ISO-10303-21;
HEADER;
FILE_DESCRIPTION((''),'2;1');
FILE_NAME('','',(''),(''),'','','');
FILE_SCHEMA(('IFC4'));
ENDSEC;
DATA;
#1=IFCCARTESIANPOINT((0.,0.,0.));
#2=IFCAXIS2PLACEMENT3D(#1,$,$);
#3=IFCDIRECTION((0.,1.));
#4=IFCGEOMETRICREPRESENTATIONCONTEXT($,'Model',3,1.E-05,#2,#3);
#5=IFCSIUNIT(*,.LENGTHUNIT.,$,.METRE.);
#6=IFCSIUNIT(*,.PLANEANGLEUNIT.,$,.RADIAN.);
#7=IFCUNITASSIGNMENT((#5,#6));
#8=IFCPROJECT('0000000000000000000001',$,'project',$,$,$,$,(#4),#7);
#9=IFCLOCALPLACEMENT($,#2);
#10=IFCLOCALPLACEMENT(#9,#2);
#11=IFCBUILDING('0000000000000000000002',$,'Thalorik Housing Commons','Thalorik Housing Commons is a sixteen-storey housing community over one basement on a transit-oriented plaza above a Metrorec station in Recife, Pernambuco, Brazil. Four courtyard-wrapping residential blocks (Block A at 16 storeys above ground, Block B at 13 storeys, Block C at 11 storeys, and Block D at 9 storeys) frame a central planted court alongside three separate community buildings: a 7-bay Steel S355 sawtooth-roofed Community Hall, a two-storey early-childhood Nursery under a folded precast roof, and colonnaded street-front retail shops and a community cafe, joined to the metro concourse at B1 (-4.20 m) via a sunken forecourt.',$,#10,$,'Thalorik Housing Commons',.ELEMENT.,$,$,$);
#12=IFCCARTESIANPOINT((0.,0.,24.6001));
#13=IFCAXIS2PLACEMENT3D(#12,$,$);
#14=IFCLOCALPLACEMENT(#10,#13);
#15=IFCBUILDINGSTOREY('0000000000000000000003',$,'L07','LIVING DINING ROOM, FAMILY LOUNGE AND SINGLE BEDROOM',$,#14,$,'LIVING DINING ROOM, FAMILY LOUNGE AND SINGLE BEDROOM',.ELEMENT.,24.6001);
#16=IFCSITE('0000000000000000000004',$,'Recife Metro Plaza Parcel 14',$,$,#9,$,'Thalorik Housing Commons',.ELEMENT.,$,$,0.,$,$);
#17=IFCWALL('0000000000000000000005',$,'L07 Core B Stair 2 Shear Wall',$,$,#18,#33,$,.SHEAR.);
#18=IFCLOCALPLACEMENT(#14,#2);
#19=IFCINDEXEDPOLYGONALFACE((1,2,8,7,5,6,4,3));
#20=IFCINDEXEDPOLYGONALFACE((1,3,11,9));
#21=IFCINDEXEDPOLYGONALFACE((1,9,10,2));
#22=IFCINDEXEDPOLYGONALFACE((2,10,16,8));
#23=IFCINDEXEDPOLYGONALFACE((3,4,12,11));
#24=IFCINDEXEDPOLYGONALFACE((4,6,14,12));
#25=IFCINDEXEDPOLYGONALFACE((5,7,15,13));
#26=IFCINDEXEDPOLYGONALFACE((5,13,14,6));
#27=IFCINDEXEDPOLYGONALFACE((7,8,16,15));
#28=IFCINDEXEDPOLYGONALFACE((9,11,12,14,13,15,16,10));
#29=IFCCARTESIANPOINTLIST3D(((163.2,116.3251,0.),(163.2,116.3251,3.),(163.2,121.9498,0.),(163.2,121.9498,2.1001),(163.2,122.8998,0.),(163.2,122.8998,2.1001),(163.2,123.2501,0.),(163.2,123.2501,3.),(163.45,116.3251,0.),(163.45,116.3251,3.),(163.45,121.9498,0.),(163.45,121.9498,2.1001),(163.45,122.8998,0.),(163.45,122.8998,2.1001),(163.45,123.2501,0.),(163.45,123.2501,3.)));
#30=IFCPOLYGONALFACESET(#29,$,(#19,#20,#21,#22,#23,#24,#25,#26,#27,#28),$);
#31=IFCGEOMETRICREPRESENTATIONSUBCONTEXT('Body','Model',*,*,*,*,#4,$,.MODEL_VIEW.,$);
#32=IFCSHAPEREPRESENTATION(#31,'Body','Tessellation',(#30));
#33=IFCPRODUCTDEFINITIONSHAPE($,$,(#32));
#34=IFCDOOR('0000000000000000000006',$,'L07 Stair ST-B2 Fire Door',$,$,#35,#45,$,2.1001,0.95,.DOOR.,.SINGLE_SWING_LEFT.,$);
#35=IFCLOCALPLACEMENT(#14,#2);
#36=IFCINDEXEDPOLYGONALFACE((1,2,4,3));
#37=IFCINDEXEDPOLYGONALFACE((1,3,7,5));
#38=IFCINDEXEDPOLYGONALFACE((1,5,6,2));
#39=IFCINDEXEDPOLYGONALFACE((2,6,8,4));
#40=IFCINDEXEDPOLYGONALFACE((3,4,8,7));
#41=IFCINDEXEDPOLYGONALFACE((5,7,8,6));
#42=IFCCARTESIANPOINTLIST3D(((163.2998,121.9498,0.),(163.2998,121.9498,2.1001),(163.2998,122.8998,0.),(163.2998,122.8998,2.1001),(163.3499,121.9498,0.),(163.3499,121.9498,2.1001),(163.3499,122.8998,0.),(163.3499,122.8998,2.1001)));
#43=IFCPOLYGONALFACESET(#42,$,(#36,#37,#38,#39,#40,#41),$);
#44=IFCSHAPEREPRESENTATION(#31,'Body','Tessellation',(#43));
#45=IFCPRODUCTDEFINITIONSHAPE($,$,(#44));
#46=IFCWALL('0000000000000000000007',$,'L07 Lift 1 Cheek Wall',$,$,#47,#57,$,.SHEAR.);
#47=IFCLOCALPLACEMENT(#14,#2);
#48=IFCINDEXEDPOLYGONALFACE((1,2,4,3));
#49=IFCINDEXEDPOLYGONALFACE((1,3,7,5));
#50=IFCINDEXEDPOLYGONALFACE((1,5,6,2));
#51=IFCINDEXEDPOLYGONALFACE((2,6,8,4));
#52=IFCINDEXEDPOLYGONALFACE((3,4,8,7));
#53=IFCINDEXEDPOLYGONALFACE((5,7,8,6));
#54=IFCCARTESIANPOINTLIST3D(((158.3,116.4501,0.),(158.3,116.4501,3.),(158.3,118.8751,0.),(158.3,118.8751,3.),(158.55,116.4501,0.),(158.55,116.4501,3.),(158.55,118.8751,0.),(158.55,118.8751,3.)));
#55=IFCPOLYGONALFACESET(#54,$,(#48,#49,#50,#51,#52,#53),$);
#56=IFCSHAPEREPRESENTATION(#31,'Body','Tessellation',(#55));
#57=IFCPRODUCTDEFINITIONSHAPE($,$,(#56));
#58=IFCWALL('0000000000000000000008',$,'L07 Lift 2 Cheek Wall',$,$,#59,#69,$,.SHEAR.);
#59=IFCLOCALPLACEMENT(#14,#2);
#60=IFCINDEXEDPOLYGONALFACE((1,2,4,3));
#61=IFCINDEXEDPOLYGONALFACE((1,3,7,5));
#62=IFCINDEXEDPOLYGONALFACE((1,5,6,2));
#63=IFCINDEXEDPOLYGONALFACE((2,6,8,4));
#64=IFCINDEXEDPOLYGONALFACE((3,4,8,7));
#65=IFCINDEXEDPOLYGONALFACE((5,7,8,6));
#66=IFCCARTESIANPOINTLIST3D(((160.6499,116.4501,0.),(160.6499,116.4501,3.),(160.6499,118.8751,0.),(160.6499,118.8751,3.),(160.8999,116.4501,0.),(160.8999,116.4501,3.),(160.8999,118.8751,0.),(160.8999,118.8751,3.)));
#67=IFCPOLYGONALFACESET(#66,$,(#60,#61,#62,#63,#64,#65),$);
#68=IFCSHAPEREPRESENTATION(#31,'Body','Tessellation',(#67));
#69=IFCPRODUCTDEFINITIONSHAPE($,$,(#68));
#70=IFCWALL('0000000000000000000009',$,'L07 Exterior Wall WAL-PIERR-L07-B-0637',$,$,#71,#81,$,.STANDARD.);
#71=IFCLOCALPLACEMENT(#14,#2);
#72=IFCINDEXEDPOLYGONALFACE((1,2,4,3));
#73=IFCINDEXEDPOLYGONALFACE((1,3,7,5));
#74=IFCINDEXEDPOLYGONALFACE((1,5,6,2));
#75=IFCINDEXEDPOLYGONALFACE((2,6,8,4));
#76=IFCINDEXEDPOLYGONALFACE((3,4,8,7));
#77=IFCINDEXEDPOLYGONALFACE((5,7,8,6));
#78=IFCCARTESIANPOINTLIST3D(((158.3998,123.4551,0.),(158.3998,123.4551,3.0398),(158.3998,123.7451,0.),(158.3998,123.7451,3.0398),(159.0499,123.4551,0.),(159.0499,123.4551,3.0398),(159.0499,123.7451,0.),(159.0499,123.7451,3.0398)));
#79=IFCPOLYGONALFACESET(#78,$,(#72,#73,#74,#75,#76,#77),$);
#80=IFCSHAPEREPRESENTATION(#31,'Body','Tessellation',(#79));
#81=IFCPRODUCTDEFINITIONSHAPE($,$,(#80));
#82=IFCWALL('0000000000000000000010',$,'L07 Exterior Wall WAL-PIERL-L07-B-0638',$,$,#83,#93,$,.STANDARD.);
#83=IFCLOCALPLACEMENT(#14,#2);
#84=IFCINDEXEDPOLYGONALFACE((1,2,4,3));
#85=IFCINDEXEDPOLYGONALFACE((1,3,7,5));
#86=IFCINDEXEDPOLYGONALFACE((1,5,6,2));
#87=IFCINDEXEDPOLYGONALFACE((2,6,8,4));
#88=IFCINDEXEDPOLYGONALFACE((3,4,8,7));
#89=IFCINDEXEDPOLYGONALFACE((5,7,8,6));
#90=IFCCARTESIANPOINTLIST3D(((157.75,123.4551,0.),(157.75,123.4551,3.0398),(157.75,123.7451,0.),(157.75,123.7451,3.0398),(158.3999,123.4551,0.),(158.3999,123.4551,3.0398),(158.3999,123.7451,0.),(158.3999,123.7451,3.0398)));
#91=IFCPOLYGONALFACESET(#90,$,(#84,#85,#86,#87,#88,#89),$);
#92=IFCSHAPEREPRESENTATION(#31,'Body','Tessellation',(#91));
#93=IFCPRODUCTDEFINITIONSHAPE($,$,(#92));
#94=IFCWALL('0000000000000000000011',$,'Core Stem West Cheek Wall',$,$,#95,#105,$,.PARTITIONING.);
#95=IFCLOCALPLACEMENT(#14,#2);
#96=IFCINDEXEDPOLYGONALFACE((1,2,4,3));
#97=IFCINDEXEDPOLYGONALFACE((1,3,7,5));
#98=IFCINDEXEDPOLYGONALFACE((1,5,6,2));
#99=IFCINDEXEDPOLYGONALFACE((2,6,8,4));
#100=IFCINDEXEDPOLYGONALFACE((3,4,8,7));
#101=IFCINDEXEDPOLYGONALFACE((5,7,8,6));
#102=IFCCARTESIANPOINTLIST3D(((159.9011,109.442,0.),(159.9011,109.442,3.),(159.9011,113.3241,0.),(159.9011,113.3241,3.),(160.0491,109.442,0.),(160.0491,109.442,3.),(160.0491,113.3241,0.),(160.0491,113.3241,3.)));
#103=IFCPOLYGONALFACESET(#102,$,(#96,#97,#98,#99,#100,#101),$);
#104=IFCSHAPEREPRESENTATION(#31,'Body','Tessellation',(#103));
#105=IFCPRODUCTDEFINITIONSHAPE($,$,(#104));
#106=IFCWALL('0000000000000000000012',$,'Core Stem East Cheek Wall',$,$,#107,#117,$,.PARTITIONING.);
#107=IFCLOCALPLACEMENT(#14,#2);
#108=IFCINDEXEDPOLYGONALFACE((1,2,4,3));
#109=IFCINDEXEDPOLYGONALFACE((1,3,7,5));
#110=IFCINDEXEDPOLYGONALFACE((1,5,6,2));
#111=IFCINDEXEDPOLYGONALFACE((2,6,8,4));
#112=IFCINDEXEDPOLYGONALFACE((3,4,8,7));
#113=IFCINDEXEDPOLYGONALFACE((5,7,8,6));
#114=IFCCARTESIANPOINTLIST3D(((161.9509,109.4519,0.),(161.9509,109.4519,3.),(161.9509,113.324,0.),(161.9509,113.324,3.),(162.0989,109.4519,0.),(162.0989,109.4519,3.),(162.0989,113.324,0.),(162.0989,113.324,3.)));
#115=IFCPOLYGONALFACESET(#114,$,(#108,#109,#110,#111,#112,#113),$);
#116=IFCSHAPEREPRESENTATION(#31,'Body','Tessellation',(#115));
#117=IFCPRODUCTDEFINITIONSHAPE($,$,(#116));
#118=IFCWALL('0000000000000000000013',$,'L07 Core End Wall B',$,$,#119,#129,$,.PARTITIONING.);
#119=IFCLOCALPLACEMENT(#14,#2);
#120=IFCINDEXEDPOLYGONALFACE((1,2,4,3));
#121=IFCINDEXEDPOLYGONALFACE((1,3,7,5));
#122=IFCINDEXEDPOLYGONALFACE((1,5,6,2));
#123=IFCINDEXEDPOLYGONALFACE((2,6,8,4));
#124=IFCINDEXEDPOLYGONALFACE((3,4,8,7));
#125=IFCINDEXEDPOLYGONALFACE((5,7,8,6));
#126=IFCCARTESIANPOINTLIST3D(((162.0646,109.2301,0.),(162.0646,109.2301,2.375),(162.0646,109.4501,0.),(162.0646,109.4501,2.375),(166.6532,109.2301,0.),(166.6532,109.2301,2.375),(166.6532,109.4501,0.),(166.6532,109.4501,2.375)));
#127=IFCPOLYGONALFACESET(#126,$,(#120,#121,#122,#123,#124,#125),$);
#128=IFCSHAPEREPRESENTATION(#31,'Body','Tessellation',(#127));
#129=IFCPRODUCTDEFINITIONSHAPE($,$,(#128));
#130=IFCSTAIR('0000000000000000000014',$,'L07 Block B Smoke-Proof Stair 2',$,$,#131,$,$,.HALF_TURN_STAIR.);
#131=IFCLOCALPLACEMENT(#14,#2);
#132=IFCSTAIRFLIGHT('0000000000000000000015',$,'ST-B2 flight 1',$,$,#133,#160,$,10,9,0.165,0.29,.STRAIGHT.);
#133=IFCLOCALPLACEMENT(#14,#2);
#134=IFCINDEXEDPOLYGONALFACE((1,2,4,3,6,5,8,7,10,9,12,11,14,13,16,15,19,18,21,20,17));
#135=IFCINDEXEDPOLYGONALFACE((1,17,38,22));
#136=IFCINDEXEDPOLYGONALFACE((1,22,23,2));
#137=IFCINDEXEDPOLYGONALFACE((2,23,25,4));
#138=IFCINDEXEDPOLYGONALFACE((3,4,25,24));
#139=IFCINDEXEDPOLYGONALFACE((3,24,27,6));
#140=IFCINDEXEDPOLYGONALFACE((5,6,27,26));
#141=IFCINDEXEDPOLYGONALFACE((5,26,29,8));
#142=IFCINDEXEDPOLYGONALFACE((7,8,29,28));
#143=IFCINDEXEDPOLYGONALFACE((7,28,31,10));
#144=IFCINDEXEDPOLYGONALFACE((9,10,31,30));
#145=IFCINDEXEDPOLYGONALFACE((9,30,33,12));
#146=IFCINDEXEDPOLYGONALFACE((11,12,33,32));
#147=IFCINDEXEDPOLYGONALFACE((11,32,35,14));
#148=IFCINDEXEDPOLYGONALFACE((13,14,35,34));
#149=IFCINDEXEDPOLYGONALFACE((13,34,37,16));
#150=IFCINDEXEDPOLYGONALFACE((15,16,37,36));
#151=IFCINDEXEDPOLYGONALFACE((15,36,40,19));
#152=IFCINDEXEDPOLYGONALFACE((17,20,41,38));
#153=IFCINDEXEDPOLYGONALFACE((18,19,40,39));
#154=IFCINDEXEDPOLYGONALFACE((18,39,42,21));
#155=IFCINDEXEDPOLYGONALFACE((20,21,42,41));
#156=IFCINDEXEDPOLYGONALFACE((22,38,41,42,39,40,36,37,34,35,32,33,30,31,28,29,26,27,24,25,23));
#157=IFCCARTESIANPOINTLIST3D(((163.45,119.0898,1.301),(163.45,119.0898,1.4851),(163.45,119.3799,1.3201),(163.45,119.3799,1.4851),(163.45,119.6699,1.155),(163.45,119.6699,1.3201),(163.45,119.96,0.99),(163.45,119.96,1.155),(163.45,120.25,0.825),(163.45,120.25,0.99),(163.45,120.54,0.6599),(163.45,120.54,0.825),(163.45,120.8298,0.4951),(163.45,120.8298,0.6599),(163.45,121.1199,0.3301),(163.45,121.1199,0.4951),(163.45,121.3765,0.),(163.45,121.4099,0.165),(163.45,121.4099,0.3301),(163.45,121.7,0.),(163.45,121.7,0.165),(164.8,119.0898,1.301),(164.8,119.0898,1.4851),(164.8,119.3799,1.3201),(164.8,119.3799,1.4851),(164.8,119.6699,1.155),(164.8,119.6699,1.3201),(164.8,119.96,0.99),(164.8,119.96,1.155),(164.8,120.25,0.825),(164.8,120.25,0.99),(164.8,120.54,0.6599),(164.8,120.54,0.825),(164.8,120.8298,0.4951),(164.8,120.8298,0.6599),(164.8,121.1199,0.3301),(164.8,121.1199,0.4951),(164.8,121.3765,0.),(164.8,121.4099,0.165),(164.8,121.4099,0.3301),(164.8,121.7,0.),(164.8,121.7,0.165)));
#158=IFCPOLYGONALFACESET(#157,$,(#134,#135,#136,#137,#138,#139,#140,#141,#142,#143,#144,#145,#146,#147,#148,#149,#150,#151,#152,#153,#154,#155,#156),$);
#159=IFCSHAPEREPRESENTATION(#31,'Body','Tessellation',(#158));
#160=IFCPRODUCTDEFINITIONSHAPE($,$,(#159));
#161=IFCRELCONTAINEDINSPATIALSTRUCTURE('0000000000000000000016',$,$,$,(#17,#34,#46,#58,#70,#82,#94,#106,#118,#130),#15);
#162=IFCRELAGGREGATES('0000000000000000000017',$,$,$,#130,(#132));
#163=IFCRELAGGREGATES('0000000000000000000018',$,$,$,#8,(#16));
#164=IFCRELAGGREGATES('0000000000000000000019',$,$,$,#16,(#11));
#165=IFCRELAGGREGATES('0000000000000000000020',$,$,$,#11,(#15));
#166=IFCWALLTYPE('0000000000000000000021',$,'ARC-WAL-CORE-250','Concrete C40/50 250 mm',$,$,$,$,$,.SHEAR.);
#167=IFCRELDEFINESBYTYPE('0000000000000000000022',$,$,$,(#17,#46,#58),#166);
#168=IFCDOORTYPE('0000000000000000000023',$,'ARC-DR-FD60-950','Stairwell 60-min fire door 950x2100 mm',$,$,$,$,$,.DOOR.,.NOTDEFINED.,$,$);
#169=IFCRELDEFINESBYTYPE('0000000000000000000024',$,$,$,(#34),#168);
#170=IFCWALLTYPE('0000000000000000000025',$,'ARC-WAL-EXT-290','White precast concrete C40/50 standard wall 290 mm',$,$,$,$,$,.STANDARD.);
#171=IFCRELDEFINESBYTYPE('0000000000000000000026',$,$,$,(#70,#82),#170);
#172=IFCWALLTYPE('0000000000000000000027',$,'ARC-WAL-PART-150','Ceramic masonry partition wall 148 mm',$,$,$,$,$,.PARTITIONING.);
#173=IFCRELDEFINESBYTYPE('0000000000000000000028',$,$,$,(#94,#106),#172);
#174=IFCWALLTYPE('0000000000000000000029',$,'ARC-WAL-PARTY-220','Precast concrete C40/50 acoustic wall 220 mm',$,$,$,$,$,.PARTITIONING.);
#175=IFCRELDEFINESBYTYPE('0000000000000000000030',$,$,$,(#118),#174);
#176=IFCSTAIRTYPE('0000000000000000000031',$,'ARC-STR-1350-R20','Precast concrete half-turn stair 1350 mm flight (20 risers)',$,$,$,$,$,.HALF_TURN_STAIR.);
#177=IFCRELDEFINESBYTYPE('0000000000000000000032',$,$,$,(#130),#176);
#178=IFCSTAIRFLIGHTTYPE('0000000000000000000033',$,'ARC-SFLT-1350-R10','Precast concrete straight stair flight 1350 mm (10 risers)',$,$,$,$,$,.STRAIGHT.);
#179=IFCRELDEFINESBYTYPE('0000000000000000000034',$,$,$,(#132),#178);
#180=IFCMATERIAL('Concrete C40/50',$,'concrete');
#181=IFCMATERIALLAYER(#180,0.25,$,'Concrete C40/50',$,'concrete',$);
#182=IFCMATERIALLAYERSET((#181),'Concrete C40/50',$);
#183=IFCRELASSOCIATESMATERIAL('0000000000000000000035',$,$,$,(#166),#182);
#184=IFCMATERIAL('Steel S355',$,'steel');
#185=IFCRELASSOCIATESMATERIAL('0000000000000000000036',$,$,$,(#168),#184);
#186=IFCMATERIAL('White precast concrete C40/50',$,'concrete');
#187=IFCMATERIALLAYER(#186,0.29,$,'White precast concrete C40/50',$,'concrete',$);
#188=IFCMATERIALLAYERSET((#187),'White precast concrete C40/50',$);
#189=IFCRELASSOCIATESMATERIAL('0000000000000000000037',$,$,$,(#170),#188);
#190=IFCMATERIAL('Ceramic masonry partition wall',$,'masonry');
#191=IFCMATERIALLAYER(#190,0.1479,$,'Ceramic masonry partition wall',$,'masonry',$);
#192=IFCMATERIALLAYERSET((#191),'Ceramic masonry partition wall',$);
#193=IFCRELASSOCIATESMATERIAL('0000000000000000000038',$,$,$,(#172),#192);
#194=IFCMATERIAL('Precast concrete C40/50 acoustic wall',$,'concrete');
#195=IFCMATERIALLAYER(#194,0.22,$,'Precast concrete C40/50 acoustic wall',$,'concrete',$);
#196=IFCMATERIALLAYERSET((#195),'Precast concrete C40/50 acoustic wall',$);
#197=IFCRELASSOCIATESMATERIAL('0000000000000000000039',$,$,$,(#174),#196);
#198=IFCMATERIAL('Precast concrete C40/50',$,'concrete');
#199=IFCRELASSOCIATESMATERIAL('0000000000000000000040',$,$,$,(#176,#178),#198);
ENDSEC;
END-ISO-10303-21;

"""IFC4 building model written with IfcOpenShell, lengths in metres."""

from ifc_helpers import new_model, si_unit, direction, frame, frame_2d, origin, place, context, subcontext, project, spatial, polyline, rectangle, outline, extrude, material, layer, layer_set, type_object, element, fill, aggregate, save


model = new_model("IFC4")

# Units and contexts
model_context = context("Model", 3, precision=1e-05, world=origin(), true_north=direction((0.0, 1.0)))
body_context = subcontext(model_context, "Body", "Model", "MODEL_VIEW")
ifc_project = project(units=[si_unit("LENGTHUNIT", "METRE"), si_unit("PLANEANGLEUNIT", "RADIAN")], contexts=[model_context])

# Site, building, storey
site_placement = place(None, origin())
site = spatial("IfcSite", under=ifc_project, at=site_placement, Name="Recife Metro Plaza Parcel 14", LongName="Thalorik Housing Commons", CompositionType="ELEMENT", RefElevation=0.0)
building_placement = place(site_placement, origin())
building = spatial("IfcBuilding", under=site, at=building_placement, Name="Thalorik Housing Commons", Description="Thalorik Housing Commons is a sixteen-storey housing community over one basement on a transit-oriented plaza above a Metrorec station in Recife, Pernambuco, Brazil. Four courtyard-wrapping residential blocks (Block A at 16 storeys above ground, Block B at 13 storeys, Block C at 11 storeys, and Block D at 9 storeys) frame a central planted court alongside three separate community buildings: a 7-bay Steel S355 sawtooth-roofed Community Hall, a two-storey early-childhood Nursery under a folded precast roof, and colonnaded street-front retail shops and a community cafe, joined to the metro concourse at B1 (-4.20 m) via a sunken forecourt.", LongName="Thalorik Housing Commons", CompositionType="ELEMENT")
storey_placement = place(building_placement, frame((0.0, 0.0, 24.6001)))
storey = spatial("IfcBuildingStorey", under=building, at=storey_placement, Name="L07", Description="LIVING DINING ROOM, FAMILY LOUNGE AND SINGLE BEDROOM", LongName="LIVING DINING ROOM, FAMILY LOUNGE AND SINGLE BEDROOM", CompositionType="ELEMENT", Elevation=24.6001)

# Shared definitions
ifc_material_1 = material(Name="Precast concrete C40/50", Category="concrete")

# Wall, opening, door
ifc_material_2 = material(Name="Concrete C40/50", Category="concrete")
ifc_layer_1 = layer(ifc_material_2, 0.25, Name="Concrete C40/50", Category="concrete")
ifc_layer_set_1 = layer_set([ifc_layer_1], Name="Concrete C40/50")
wall_type_1 = type_object("IfcWallType", Name="ARC-WAL-CORE-250", Description="Concrete C40/50 250 mm", PredefinedType="SHEAR", material=ifc_layer_set_1)
wall_1_placement = place(storey_placement, frame((163.325, 123.25, 0.0), z_axis=(0.0, 0.0, 1.0), x_axis=(0.0, -1.0, 0.0)))
wall_1 = element("IfcWall", 1, at=wall_1_placement, inside=storey, type_object=wall_type_1, Name="L07 Core B Stair 2 Shear Wall", PredefinedType="SHEAR", context=body_context, shape_type="SweptSolid", body=[
    extrude(rectangle(XDim=6.925, YDim=0.25, at=frame_2d((3.4624, 0.0))), origin(), (0.0, 0.0, 1.0), 3.0),
])
opening_1_placement = place(wall_1_placement, frame((0.3501, 0.0, 0.0)))
opening_1 = element("IfcOpeningElement", 2, at=opening_1_placement, cuts=wall_1, PredefinedType="OPENING", context=body_context, shape_type="SweptSolid", body=[
    extrude(rectangle(XDim=0.95, YDim=2.1001, at=frame_2d((0.4751, 1.05))), frame((0.0, 0.135, 0.0), z_axis=(0.0, -1.0, 0.0), x_axis=(1.0, 0.0, 0.0)), (0.0, 0.0, 1.0), 0.27),
])
ifc_material_3 = material(Name="Steel S355", Category="steel")
door_type_1 = type_object("IfcDoorType", Name="ARC-DR-FD60-950", Description="Stairwell 60-min fire door 950x2100 mm", OperationType="NOTDEFINED", PredefinedType="DOOR", material=ifc_material_3)
door_1_placement = place(opening_1_placement, origin())
door_1 = element("IfcDoor", 3, at=door_1_placement, inside=storey, type_object=door_type_1, Name="L07 Stair ST-B2 Fire Door", OperationType="SINGLE_SWING_LEFT", OverallHeight=2.1001, OverallWidth=0.95, PredefinedType="DOOR", context=body_context, shape_type="SweptSolid", body=[
    extrude(rectangle(XDim=0.95, YDim=2.1001, at=frame_2d((0.4751, 1.05))), frame((0.0, 0.0249, 0.0), z_axis=(0.0, -1.0, 0.0), x_axis=(1.0, 0.0, 0.0)), (0.0, 0.0, 1.0), 0.05),
])
fill(opening_1, door_1)

# Walls
for number, where, z_axis, x_axis, name in (
    (4, (158.425, 118.875, 0.0), (0.0, 0.0, 1.0), (0.0, -1.0, 0.0), "L07 Lift 1 Cheek Wall"),
    (5, (160.7749, 118.875, 0.0), (0.0, 0.0, 1.0), (0.0, -1.0, 0.0), "L07 Lift 2 Cheek Wall"),
):
    element("IfcWall", number, at=place(storey_placement, frame(where, z_axis=z_axis, x_axis=x_axis)), inside=storey, type_object=wall_type_1, Name=name, PredefinedType="SHEAR", context=body_context, shape_type="SweptSolid", body=[
        extrude(rectangle(XDim=2.425, YDim=0.25, at=frame_2d((1.2124, 0.0))), origin(), (0.0, 0.0, 1.0), 3.0),
    ])
ifc_material_4 = material(Name="White precast concrete C40/50", Category="concrete")
ifc_layer_2 = layer(ifc_material_4, 0.29, Name="White precast concrete C40/50", Category="concrete")
ifc_layer_set_2 = layer_set([ifc_layer_2], Name="White precast concrete C40/50")
wall_type_2 = type_object("IfcWallType", Name="ARC-WAL-EXT-290", Description="White precast concrete C40/50 standard wall 290 mm", PredefinedType="STANDARD", material=ifc_layer_set_2)
wall_2_placement = place(storey_placement, frame((159.05, 123.6001, 0.0), z_axis=(0.0, 0.0, 1.0), x_axis=(-1.0, 0.0, 0.0)))
element("IfcWall", 6, at=wall_2_placement, inside=storey, type_object=wall_type_2, Name="L07 Exterior Wall WAL-PIERR-L07-B-0637", PredefinedType="STANDARD", context=body_context, shape_type="SweptSolid", body=[
    extrude(rectangle(XDim=0.6501, YDim=0.29, at=frame_2d((0.3252, 0.0))), origin(), (0.0, 0.0, 1.0), 3.0398),
])
wall_3_placement = place(storey_placement, frame((158.3999, 123.6001, 0.0), z_axis=(0.0, 0.0, 1.0), x_axis=(-1.0, 0.0, 0.0)))
element("IfcWall", 7, at=wall_3_placement, inside=storey, type_object=wall_type_2, Name="L07 Exterior Wall WAL-PIERL-L07-B-0638", PredefinedType="STANDARD", context=body_context, shape_type="SweptSolid", body=[
    extrude(rectangle(XDim=0.6499, YDim=0.29, at=frame_2d((0.325, 0.0))), origin(), (0.0, 0.0, 1.0), 3.0398),
])
ifc_material_5 = material(Name="Ceramic masonry partition wall", Category="masonry")
ifc_layer_3 = layer(ifc_material_5, 0.1479, Name="Ceramic masonry partition wall", Category="masonry")
ifc_layer_set_3 = layer_set([ifc_layer_3], Name="Ceramic masonry partition wall")
wall_type_3 = type_object("IfcWallType", Name="ARC-WAL-PART-150", Description="Ceramic masonry partition wall 148 mm", PredefinedType="PARTITIONING", material=ifc_layer_set_3)
wall_4_placement = place(storey_placement, frame((159.9751, 113.324, 0.0), z_axis=(0.0, 0.0, 1.0), x_axis=(0.0, -1.0, 0.0)))
element("IfcWall", 8, at=wall_4_placement, inside=storey, type_object=wall_type_3, Name="Core Stem West Cheek Wall", PredefinedType="PARTITIONING", context=body_context, shape_type="SweptSolid", body=[
    extrude(rectangle(XDim=3.8821, YDim=0.1479, at=frame_2d((1.9409, 0.0))), origin(), (0.0, 0.0, 1.0), 3.0),
])
wall_5_placement = place(storey_placement, frame((162.0249, 113.324, 0.0), z_axis=(0.0, 0.0, 1.0), x_axis=(0.0, -1.0, 0.0)))
element("IfcWall", 9, at=wall_5_placement, inside=storey, type_object=wall_type_3, Name="Core Stem East Cheek Wall", PredefinedType="PARTITIONING", context=body_context, shape_type="SweptSolid", body=[
    extrude(rectangle(XDim=3.8721, YDim=0.1479, at=frame_2d((1.936, 0.0))), origin(), (0.0, 0.0, 1.0), 3.0),
])

# Wall
ifc_material_6 = material(Name="Precast concrete C40/50 acoustic wall", Category="concrete")
ifc_layer_4 = layer(ifc_material_6, 0.22, Name="Precast concrete C40/50 acoustic wall", Category="concrete")
ifc_layer_set_4 = layer_set([ifc_layer_4], Name="Precast concrete C40/50 acoustic wall")
wall_type_4 = type_object("IfcWallType", Name="ARC-WAL-PARTY-220", Description="Precast concrete C40/50 acoustic wall 220 mm", PredefinedType="PARTITIONING", material=ifc_layer_set_4)
wall_6_placement = place(storey_placement, frame((162.0645, 109.3401, 0.0), z_axis=(0.0, 0.0, 1.0), x_axis=(1.0, 0.0, 0.0)))
element("IfcWall", 10, at=wall_6_placement, inside=storey, type_object=wall_type_4, Name="L07 Core End Wall B", PredefinedType="PARTITIONING", context=body_context, shape_type="SweptSolid", body=[
    extrude(rectangle(XDim=4.5886, YDim=0.22, at=frame_2d((2.2944, 0.0))), origin(), (0.0, 0.0, 1.0), 2.375),
])

# Stair, stair flight
stair_type = type_object("IfcStairType", Name="ARC-STR-1350-R20", Description="Precast concrete half-turn stair 1350 mm flight (20 risers)", PredefinedType="HALF_TURN_STAIR", material=ifc_material_1)
stair_placement = place(storey_placement, origin())
stair = element("IfcStair", 11, at=stair_placement, inside=storey, type_object=stair_type, Name="L07 Block B Smoke-Proof Stair 2", PredefinedType="HALF_TURN_STAIR")
stair_flight_type = type_object("IfcStairFlightType", Name="ARC-SFLT-1350-R10", Description="Precast concrete straight stair flight 1350 mm (10 risers)", PredefinedType="STRAIGHT", material=ifc_material_1)
stair_flight_placement = place(storey_placement, frame((164.125, 121.7, 0.0), z_axis=(0.0, 0.0, 1.0), x_axis=(0.0, -1.0, 0.0)))
stair_flight = element("IfcStairFlight", 12, at=stair_flight_placement, type_object=stair_flight_type, Name="ST-B2 flight 1", NumberOfRisers=10, NumberOfTreads=9, PredefinedType="STRAIGHT", RiserHeight=0.165, TreadLength=0.29, context=body_context, shape_type="SweptSolid", body=[
    extrude(outline(polyline([(0.0, 0.0), (0.0, 0.165), (0.29, 0.165), (0.29, 0.3301), (0.5801, 0.3301), (0.5801, 0.4951), (0.8701, 0.4951), (0.8701, 0.6599), (1.1599, 0.6599), (1.1599, 0.825), (1.45, 0.825), (1.45, 0.99), (1.74, 0.99), (1.74, 1.155), (2.03, 1.155), (2.03, 1.3201), (2.3201, 1.3201), (2.3201, 1.4851), (2.6101, 1.4851), (2.6101, 1.6499), (2.6101, 1.301), (0.3235, 0.0), (0.0, 0.0)])), frame((0.0, 0.675, 0.0), z_axis=(0.0, -1.0, 0.0), x_axis=(1.0, 0.0, 0.0)), (0.0, 0.0, 1.0), 1.3501),
])
aggregate(stair, [stair_flight])

save(model, "model.ifc")
